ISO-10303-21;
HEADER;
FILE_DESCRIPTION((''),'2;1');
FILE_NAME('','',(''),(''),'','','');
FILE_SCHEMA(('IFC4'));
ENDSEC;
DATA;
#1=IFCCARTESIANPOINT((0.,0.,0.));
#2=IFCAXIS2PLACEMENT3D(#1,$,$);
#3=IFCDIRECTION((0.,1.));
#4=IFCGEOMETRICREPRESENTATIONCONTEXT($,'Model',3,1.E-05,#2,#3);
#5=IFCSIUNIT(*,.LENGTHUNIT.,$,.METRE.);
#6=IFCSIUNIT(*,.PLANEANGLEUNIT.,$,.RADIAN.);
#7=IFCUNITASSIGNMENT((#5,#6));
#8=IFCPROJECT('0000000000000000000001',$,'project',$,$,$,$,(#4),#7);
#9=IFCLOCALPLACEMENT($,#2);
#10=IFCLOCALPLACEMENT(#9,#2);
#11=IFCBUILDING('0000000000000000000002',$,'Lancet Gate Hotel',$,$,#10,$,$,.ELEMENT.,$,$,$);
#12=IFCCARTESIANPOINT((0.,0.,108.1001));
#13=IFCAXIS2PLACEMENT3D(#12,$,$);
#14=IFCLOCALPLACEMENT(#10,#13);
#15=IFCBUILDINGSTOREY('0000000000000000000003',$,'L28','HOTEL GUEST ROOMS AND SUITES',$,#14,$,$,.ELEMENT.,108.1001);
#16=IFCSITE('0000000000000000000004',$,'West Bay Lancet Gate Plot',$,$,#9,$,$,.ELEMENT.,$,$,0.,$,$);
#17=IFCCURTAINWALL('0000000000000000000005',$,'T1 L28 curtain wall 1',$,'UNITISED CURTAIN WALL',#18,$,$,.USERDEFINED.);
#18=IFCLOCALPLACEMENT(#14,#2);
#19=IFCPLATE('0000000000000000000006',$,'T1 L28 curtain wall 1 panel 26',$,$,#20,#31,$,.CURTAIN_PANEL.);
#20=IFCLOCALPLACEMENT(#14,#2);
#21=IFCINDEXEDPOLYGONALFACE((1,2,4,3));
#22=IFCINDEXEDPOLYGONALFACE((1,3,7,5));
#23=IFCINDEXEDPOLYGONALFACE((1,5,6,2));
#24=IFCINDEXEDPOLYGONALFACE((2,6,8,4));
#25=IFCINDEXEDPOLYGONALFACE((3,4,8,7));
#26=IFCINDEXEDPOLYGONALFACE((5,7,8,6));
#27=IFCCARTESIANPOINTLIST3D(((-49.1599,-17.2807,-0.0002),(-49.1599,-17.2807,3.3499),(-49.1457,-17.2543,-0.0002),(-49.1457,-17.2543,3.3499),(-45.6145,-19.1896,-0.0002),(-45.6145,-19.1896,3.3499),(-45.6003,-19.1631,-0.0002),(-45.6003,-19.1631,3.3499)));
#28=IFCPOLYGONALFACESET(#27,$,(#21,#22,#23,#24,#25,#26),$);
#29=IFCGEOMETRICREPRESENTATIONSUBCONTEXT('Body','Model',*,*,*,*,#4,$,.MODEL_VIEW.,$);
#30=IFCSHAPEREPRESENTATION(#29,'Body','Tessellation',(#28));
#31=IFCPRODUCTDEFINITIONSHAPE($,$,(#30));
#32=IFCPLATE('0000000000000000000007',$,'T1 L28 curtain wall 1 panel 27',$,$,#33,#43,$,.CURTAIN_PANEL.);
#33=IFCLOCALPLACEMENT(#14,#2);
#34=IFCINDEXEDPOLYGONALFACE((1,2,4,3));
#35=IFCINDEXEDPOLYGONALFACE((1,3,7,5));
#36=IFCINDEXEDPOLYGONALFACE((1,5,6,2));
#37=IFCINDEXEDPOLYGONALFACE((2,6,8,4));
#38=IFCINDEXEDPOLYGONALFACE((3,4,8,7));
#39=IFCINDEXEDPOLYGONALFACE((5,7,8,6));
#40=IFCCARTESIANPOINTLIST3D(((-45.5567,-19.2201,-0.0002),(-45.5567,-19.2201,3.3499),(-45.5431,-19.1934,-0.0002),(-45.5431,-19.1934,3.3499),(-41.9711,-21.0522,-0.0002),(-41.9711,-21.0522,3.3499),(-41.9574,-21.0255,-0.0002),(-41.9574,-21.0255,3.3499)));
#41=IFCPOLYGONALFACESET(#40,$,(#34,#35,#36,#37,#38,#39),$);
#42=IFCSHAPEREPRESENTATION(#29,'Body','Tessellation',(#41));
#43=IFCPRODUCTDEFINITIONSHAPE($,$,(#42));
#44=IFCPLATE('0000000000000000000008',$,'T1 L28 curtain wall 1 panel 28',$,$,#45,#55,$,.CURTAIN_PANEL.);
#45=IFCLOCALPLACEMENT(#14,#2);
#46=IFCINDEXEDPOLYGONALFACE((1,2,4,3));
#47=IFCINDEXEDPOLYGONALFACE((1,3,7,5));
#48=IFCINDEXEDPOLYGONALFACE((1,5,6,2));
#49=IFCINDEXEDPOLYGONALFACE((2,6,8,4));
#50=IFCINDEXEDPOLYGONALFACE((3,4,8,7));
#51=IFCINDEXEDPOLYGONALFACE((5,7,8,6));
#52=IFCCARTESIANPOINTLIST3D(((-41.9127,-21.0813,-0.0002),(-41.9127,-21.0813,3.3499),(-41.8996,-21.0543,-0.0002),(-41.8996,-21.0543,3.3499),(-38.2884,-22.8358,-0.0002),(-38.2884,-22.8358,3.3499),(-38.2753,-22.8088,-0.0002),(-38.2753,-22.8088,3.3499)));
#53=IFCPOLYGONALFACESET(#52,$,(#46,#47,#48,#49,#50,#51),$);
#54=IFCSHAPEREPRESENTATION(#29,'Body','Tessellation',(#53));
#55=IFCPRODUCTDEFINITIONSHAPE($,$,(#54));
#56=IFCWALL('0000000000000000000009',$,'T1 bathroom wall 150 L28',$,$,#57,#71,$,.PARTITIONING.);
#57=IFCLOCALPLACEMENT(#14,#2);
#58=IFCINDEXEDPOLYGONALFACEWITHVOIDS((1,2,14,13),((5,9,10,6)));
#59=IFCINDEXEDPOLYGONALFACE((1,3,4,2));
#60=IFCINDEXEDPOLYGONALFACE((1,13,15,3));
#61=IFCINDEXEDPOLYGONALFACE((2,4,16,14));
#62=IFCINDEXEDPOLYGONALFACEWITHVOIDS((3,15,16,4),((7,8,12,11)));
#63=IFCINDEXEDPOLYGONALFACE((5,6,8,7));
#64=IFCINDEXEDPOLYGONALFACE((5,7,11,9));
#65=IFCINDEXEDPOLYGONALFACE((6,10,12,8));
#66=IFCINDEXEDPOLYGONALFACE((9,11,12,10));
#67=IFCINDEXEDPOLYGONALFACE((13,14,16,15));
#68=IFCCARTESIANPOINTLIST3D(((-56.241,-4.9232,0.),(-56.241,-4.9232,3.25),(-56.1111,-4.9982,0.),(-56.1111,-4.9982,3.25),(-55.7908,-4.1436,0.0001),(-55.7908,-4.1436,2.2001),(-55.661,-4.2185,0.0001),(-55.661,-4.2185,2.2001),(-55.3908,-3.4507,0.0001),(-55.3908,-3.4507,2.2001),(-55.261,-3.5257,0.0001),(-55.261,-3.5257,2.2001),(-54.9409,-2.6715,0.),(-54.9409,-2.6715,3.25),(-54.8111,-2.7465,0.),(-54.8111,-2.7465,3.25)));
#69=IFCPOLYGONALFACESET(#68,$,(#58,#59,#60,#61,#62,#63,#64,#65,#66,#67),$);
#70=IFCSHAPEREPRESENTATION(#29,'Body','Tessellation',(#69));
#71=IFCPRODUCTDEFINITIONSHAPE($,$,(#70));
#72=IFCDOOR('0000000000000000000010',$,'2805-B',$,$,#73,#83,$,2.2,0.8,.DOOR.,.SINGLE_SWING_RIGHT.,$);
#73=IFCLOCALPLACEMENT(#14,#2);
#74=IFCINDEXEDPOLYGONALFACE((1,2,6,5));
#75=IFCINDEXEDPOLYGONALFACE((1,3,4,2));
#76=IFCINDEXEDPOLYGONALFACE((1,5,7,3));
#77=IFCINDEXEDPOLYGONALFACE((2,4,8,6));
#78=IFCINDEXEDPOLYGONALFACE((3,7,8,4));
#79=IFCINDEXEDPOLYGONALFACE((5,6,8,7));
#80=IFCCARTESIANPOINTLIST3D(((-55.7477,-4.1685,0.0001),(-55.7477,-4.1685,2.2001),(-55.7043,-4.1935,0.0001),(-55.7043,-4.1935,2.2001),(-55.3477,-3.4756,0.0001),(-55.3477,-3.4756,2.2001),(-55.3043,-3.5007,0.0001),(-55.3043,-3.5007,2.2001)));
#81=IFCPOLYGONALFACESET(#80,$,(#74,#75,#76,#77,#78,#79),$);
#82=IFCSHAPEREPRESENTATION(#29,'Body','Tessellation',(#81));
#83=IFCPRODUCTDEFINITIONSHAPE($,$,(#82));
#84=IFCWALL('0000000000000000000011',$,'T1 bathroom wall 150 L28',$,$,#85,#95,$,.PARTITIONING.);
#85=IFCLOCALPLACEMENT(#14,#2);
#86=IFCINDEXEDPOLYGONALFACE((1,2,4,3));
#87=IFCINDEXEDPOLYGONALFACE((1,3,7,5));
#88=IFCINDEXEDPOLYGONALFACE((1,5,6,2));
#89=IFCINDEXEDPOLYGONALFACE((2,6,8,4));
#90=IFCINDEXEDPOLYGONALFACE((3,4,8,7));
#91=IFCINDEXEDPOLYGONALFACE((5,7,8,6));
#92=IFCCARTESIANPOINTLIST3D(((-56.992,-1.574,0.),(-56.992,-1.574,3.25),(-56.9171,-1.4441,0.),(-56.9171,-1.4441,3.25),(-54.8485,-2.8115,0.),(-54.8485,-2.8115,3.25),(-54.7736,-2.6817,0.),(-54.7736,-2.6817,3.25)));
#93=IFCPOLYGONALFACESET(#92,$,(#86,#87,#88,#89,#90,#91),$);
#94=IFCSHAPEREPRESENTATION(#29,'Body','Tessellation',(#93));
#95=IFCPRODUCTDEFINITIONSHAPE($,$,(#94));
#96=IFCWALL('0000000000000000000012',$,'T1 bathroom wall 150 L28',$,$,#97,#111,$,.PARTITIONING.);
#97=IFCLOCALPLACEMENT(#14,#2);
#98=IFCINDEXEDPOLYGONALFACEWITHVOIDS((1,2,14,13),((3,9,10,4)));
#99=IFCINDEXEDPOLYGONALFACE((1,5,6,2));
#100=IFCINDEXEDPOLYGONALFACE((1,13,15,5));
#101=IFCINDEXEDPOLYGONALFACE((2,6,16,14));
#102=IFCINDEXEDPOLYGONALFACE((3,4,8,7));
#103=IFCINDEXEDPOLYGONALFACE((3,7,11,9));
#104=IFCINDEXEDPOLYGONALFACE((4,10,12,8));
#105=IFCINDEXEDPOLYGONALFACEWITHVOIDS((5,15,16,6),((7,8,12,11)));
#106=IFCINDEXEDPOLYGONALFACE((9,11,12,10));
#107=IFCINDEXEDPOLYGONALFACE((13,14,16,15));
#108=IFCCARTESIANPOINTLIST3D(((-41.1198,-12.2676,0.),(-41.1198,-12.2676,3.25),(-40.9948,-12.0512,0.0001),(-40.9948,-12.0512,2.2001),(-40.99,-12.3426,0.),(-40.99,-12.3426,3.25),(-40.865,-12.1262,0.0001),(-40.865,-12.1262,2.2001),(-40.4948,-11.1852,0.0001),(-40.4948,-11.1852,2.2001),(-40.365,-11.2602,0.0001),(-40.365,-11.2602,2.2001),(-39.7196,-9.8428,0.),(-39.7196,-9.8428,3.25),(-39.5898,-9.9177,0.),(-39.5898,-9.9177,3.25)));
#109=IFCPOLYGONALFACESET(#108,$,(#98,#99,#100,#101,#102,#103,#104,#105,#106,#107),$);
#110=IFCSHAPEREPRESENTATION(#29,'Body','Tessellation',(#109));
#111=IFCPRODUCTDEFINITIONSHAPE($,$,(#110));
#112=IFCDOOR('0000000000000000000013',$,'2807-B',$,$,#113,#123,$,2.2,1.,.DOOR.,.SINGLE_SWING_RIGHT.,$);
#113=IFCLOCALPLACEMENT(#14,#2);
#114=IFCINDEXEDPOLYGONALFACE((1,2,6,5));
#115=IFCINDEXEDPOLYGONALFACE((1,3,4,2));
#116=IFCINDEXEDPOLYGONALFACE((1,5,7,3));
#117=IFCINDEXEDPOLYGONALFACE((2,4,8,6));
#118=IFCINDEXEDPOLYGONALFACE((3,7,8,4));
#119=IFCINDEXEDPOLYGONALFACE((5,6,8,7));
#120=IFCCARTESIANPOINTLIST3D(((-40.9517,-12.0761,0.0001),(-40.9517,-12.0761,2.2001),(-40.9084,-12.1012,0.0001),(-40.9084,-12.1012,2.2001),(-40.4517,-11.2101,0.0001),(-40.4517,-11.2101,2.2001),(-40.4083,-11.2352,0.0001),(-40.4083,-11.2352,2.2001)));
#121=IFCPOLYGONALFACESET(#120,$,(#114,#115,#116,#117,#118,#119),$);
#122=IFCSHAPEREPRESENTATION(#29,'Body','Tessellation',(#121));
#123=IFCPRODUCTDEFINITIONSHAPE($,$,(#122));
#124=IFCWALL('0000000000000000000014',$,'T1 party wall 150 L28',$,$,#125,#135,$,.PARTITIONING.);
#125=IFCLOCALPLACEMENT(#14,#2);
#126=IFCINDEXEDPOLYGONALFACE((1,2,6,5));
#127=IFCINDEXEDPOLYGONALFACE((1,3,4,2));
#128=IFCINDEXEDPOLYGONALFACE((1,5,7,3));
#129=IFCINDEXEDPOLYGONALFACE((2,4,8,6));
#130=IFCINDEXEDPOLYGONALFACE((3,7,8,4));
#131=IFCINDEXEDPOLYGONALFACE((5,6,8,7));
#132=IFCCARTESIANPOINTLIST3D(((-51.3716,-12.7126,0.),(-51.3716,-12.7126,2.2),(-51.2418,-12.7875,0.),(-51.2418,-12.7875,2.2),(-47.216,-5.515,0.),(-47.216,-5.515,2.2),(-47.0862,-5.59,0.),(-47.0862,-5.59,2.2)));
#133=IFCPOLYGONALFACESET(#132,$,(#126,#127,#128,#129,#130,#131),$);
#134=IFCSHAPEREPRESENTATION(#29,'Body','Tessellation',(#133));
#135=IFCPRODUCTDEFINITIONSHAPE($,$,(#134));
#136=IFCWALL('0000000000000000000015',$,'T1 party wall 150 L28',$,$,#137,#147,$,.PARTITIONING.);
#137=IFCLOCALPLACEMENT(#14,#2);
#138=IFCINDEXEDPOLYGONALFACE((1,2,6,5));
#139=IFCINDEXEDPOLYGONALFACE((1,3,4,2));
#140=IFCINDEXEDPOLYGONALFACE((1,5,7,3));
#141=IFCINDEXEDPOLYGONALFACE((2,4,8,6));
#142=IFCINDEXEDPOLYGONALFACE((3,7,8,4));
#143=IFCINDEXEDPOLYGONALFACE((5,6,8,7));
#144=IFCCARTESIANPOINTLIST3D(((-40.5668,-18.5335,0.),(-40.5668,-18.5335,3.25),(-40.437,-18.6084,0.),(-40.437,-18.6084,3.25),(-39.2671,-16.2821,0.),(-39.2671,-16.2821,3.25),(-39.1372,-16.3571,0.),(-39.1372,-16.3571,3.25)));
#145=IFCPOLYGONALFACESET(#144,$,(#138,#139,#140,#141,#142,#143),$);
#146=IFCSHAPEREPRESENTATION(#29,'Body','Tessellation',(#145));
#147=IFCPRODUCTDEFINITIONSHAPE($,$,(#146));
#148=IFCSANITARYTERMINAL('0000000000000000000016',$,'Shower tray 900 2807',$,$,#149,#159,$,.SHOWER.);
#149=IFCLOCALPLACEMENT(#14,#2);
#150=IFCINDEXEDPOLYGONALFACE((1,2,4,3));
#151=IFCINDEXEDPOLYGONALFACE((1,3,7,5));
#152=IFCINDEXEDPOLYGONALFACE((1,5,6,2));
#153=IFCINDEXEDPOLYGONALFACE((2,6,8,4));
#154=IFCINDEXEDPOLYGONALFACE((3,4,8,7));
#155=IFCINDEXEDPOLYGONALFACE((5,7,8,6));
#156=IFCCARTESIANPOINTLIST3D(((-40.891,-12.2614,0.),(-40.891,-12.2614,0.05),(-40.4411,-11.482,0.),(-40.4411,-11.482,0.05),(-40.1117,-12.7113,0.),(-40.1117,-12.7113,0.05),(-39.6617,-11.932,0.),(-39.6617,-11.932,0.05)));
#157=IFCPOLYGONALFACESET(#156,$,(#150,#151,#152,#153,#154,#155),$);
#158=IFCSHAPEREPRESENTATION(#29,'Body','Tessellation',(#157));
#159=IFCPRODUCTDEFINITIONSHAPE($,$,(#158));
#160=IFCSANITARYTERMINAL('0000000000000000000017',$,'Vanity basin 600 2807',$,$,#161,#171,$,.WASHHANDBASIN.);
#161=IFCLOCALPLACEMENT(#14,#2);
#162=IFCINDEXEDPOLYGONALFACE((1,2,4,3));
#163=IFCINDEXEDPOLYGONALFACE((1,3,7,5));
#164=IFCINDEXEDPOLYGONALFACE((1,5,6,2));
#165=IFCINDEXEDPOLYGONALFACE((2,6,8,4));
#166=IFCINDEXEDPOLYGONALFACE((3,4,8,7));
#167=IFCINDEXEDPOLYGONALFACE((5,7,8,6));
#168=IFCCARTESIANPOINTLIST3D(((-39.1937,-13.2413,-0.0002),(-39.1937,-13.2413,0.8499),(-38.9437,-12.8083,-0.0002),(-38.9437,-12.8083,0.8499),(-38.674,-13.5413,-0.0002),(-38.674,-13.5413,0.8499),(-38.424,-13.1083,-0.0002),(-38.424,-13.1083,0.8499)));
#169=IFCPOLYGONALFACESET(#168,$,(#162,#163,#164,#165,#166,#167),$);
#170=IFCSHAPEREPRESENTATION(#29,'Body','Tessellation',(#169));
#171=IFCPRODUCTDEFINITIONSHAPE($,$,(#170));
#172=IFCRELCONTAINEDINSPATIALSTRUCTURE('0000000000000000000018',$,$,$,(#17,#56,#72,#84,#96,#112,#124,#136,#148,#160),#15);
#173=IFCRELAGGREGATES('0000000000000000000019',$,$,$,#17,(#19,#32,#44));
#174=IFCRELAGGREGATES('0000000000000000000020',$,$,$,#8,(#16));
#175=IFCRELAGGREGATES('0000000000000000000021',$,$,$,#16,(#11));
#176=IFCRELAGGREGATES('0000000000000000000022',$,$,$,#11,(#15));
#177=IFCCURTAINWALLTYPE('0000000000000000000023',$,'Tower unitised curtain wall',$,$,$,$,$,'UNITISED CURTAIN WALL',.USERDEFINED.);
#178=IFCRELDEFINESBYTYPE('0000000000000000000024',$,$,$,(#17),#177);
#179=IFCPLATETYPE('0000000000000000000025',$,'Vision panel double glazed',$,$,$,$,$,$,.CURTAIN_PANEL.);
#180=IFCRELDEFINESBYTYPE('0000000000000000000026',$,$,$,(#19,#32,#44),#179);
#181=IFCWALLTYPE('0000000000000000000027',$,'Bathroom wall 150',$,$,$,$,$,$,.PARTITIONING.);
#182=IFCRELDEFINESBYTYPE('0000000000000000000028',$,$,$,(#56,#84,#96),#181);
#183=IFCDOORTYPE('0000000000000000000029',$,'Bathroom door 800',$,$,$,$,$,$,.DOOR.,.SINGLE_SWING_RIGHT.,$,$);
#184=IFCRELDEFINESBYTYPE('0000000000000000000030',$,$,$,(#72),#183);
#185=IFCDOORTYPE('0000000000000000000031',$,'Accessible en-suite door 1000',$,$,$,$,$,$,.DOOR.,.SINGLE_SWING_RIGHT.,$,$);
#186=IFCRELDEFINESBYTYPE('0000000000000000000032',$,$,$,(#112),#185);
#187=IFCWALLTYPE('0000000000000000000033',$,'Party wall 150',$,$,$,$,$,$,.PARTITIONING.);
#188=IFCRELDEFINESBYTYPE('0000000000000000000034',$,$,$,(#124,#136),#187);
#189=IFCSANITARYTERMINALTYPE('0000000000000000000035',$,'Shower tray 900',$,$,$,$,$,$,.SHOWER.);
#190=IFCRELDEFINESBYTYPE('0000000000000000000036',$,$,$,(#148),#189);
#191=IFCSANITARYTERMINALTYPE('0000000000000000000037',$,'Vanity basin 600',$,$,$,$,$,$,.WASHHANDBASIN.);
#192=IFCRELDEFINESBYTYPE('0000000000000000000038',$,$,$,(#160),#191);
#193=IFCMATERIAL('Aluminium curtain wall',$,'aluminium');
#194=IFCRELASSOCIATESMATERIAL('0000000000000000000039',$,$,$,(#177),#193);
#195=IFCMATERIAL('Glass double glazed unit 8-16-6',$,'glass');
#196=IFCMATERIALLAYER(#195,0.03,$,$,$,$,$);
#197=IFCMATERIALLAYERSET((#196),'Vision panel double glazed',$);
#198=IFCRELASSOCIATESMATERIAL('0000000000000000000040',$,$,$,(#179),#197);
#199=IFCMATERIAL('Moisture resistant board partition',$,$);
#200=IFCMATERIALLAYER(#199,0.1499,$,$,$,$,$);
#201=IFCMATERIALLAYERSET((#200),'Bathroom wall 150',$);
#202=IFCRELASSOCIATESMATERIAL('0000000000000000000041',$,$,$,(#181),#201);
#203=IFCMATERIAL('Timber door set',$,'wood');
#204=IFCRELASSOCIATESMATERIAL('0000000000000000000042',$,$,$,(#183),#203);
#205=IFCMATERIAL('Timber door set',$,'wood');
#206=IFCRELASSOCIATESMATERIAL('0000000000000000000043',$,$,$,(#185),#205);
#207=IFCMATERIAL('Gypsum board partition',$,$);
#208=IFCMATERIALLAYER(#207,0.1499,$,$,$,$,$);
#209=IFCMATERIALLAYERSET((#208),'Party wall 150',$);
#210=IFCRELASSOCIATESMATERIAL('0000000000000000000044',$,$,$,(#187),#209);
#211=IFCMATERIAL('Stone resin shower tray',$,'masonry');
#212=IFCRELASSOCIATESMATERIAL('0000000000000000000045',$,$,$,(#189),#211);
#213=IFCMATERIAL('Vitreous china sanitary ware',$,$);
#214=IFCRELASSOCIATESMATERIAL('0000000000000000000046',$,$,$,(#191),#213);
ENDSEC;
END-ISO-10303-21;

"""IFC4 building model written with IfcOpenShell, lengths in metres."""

from ifc_helpers import new_model, si_unit, direction, frame, frame_2d, origin, origin_2d, place, context, subcontext, project, spatial, rectangle, extrude, material, layer, layer_set, type_object, element, fill, aggregate, save


model = new_model("IFC4")

# Units and contexts
model_context = context("Model", 3, precision=1e-05, world=origin(), true_north=direction((0.0, 1.0)))
body_context = subcontext(model_context, "Body", "Model", "MODEL_VIEW")
ifc_project = project(units=[si_unit("LENGTHUNIT", "METRE"), si_unit("PLANEANGLEUNIT", "RADIAN")], contexts=[model_context])

# Site, building, storey
site_placement = place(None, origin())
site = spatial("IfcSite", under=ifc_project, at=site_placement, Name="West Bay Lancet Gate Plot", CompositionType="ELEMENT", RefElevation=0.0)
building_placement = place(site_placement, origin())
building = spatial("IfcBuilding", under=site, at=building_placement, Name="Lancet Gate Hotel", CompositionType="ELEMENT")
storey_placement = place(building_placement, frame((0.0, 0.0, 108.1001)))
storey = spatial("IfcBuildingStorey", under=building, at=storey_placement, Name="L28", Description="HOTEL GUEST ROOMS AND SUITES", CompositionType="ELEMENT", Elevation=108.1001)

# Curtain wall
ifc_material_1 = material(Name="Aluminium curtain wall", Category="aluminium")
curtain_wall_type = type_object("IfcCurtainWallType", Name="Tower unitised curtain wall", ElementType="UNITISED CURTAIN WALL", PredefinedType="USERDEFINED", material=ifc_material_1)
curtain_wall_placement = place(storey_placement, origin())
curtain_wall = element("IfcCurtainWall", 1, at=curtain_wall_placement, inside=storey, type_object=curtain_wall_type, Name="T1 L28 curtain wall 1", ObjectType="UNITISED CURTAIN WALL", PredefinedType="USERDEFINED")

# Plates
ifc_material_2 = material(Name="Glass double glazed unit 8-16-6", Category="glass")
ifc_layer_1 = layer(ifc_material_2, 0.03)
ifc_layer_set_1 = layer_set([ifc_layer_1], Name="Vision panel double glazed")
plate_type = type_object("IfcPlateType", Name="Vision panel double glazed", PredefinedType="CURTAIN_PANEL", material=ifc_layer_set_1)
plate_1_placement = place(storey_placement, frame((-47.3801, -18.2219, -0.0002), z_axis=(0.0, 0.0, 1.0), x_axis=(0.880493, -0.47406, 0.0)))
plate_1 = element("IfcPlate", 2, at=plate_1_placement, type_object=plate_type, Name="T1 L28 curtain wall 1 panel 26", PredefinedType="CURTAIN_PANEL", context=body_context, shape_type="SweptSolid", body=[
    extrude(rectangle(XDim=4.0266, YDim=0.03, at=origin_2d()), origin(), (0.0, 0.0, 1.0), 3.3501),
])
plate_2_placement = place(storey_placement, frame((-43.7571, -20.1228, -0.0002), z_axis=(0.0, 0.0, 1.0), x_axis=(0.890493, -0.454996, 0.0)))
plate_2 = element("IfcPlate", 3, at=plate_2_placement, type_object=plate_type, Name="T1 L28 curtain wall 1 panel 27", PredefinedType="CURTAIN_PANEL", context=body_context, shape_type="SweptSolid", body=[
    extrude(rectangle(XDim=4.0266, YDim=0.03, at=origin_2d()), origin(), (0.0, 0.0, 1.0), 3.3501),
])
plate_3_placement = place(storey_placement, frame((-40.094, -21.9451, -0.0002), z_axis=(0.0, 0.0, 1.0), x_axis=(0.900082, -0.435721, 0.0)))
plate_3 = element("IfcPlate", 4, at=plate_3_placement, type_object=plate_type, Name="T1 L28 curtain wall 1 panel 28", PredefinedType="CURTAIN_PANEL", context=body_context, shape_type="SweptSolid", body=[
    extrude(rectangle(XDim=4.0266, YDim=0.03, at=origin_2d()), origin(), (0.0, 0.0, 1.0), 3.3501),
])
aggregate(curtain_wall, [plate_1, plate_2, plate_3])

# Wall, opening, door
ifc_material_3 = material(Name="Moisture resistant board partition")
ifc_layer_2 = layer(ifc_material_3, 0.1499)
ifc_layer_set_2 = layer_set([ifc_layer_2], Name="Bathroom wall 150")
wall_type_1 = type_object("IfcWallType", Name="Bathroom wall 150", PredefinedType="PARTITIONING", material=ifc_layer_set_2)
wall_1_placement = place(storey_placement, frame((-54.876, -2.709, 0.0), z_axis=(0.0, 0.0, 1.0), x_axis=(-0.500007, -0.866021, 0.0)))
wall_1 = element("IfcWall", 5, at=wall_1_placement, inside=storey, type_object=wall_type_1, Name="T1 bathroom wall 150 L28", PredefinedType="PARTITIONING", context=body_context, shape_type="SweptSolid", body=[
    extrude(rectangle(XDim=2.6001, YDim=0.1499, at=frame_2d((1.3, 0.0))), origin(), (0.0, 0.0, 1.0), 3.25),
])
opening_1_placement = place(wall_1_placement, frame((0.8999, 0.0, 0.0)))
opening_1 = element("IfcOpeningElement", 6, at=opening_1_placement, cuts=wall_1, PredefinedType="OPENING", context=body_context, shape_type="SweptSolid", body=[
    extrude(rectangle(XDim=0.8, YDim=2.2, at=frame_2d((0.3999, 1.1001))), frame((0.0, 0.085, 0.0), z_axis=(0.0, -1.0, 0.0), x_axis=(1.0, 0.0, 0.0)), (0.0, 0.0, 1.0), 0.1699),
])
ifc_material_4 = material(Name="Timber door set", Category="wood")
door_type_1 = type_object("IfcDoorType", Name="Bathroom door 800", OperationType="SINGLE_SWING_RIGHT", PredefinedType="DOOR", material=ifc_material_4)
door_1_placement = place(opening_1_placement, origin())
door_1 = element("IfcDoor", 7, at=door_1_placement, inside=storey, type_object=door_type_1, Name="2805-B", OperationType="SINGLE_SWING_RIGHT", OverallHeight=2.2, OverallWidth=0.8, PredefinedType="DOOR", context=body_context, shape_type="SweptSolid", body=[
    extrude(rectangle(XDim=0.8, YDim=2.2, at=frame_2d((0.3999, 1.1001))), frame((0.0, 0.0249, 0.0), z_axis=(0.0, -1.0, 0.0), x_axis=(1.0, 0.0, 0.0)), (0.0, 0.0, 1.0), 0.05),
])
fill(opening_1, door_1)

# Wall
wall_2_placement = place(storey_placement, frame((-54.811, -2.7466, 0.0), z_axis=(0.0, 0.0, 1.0), x_axis=(-0.866031, 0.49999, 0.0)))
element("IfcWall", 8, at=wall_2_placement, inside=storey, type_object=wall_type_1, Name="T1 bathroom wall 150 L28", PredefinedType="PARTITIONING", context=body_context, shape_type="SweptSolid", body=[
    extrude(rectangle(XDim=2.4751, YDim=0.1499, at=frame_2d((1.2375, 0.0))), origin(), (0.0, 0.0, 1.0), 3.25),
])

# Wall, opening, door
wall_3_placement = place(storey_placement, frame((-39.6548, -9.8804, 0.0), z_axis=(0.0, 0.0, 1.0), x_axis=(-0.50005, -0.865997, 0.0)))
wall_3 = element("IfcWall", 9, at=wall_3_placement, inside=storey, type_object=wall_type_1, Name="T1 bathroom wall 150 L28", PredefinedType="PARTITIONING", context=body_context, shape_type="SweptSolid", body=[
    extrude(rectangle(XDim=2.8, YDim=0.1499, at=frame_2d((1.3999, 0.0))), origin(), (0.0, 0.0, 1.0), 3.25),
])
opening_2_placement = place(wall_3_placement, frame((1.55, 0.0, 0.0)))
opening_2 = element("IfcOpeningElement", 10, at=opening_2_placement, cuts=wall_3, PredefinedType="OPENING", context=body_context, shape_type="SweptSolid", body=[
    extrude(rectangle(XDim=1.0, YDim=2.2, at=frame_2d((0.5, 1.1001))), frame((0.0, 0.085, 0.0), z_axis=(0.0, -1.0, 0.0), x_axis=(1.0, 0.0, 0.0)), (0.0, 0.0, 1.0), 0.1699),
])
ifc_material_5 = material(Name="Timber door set", Category="wood")
door_type_2 = type_object("IfcDoorType", Name="Accessible en-suite door 1000", OperationType="SINGLE_SWING_RIGHT", PredefinedType="DOOR", material=ifc_material_5)
door_2_placement = place(opening_2_placement, origin())
door_2 = element("IfcDoor", 11, at=door_2_placement, inside=storey, type_object=door_type_2, Name="2807-B", OperationType="SINGLE_SWING_RIGHT", OverallHeight=2.2, OverallWidth=1.0, PredefinedType="DOOR", context=body_context, shape_type="SweptSolid", body=[
    extrude(rectangle(XDim=1.0, YDim=2.2, at=frame_2d((0.5, 1.1001))), frame((0.0, 0.0249, 0.0), z_axis=(0.0, -1.0, 0.0), x_axis=(1.0, 0.0, 0.0)), (0.0, 0.0, 1.0), 0.05),
])
fill(opening_2, door_2)

# Walls
ifc_material_6 = material(Name="Gypsum board partition")
ifc_layer_3 = layer(ifc_material_6, 0.1499)
ifc_layer_set_3 = layer_set([ifc_layer_3], Name="Party wall 150")
wall_type_2 = type_object("IfcWallType", Name="Party wall 150", PredefinedType="PARTITIONING", material=ifc_layer_set_3)
wall_4_placement = place(storey_placement, frame((-47.1511, -5.5525, 0.0), z_axis=(0.0, 0.0, 1.0), x_axis=(-0.500003, -0.866024, 0.0)))
element("IfcWall", 12, at=wall_4_placement, inside=storey, type_object=wall_type_2, Name="T1 party wall 150 L28", PredefinedType="PARTITIONING", context=body_context, shape_type="SweptSolid", body=[
    extrude(rectangle(XDim=8.311, YDim=0.1499, at=frame_2d((4.1555, 0.0))), origin(), (0.0, 0.0, 1.0), 2.2),
])
wall_5_placement = place(storey_placement, frame((-39.2021, -16.3196, 0.0), z_axis=(0.0, 0.0, 1.0), x_axis=(-0.499977, -0.866039, 0.0)))
element("IfcWall", 13, at=wall_5_placement, inside=storey, type_object=wall_type_2, Name="T1 party wall 150 L28", PredefinedType="PARTITIONING", context=body_context, shape_type="SweptSolid", body=[
    extrude(rectangle(XDim=2.5996, YDim=0.1499, at=frame_2d((1.2998, 0.0))), origin(), (0.0, 0.0, 1.0), 3.25),
])

# Sanitary terminals
ifc_material_7 = material(Name="Stone resin shower tray", Category="masonry")
sanitary_terminal_type_1 = type_object("IfcSanitaryTerminalType", Name="Shower tray 900", PredefinedType="SHOWER", material=ifc_material_7)
sanitary_terminal_1_placement = place(storey_placement, frame((-40.2764, -12.0967, 0.0), z_axis=(0.0, 0.0, 1.0), x_axis=(-0.866025, 0.5, 0.0)))
element("IfcSanitaryTerminal", 14, at=sanitary_terminal_1_placement, inside=storey, type_object=sanitary_terminal_type_1, Name="Shower tray 900 2807", PredefinedType="SHOWER", context=body_context, shape_type="SweptSolid", body=[
    extrude(rectangle(XDim=0.8999, YDim=0.8999, at=origin_2d()), origin(), (0.0, 0.0, 1.0), 0.05),
])
ifc_material_8 = material(Name="Vitreous china sanitary ware")
sanitary_terminal_type_2 = type_object("IfcSanitaryTerminalType", Name="Vanity basin 600", PredefinedType="WASHHANDBASIN", material=ifc_material_8)
sanitary_terminal_2_placement = place(storey_placement, frame((-38.8088, -13.1748, -0.0002), z_axis=(0.0, 0.0, 1.0), x_axis=(-0.866025, 0.5, 0.0)))
element("IfcSanitaryTerminal", 15, at=sanitary_terminal_2_placement, inside=storey, type_object=sanitary_terminal_type_2, Name="Vanity basin 600 2807", PredefinedType="WASHHANDBASIN", context=body_context, shape_type="SweptSolid", body=[
    extrude(rectangle(XDim=0.6001, YDim=0.5, at=origin_2d()), origin(), (0.0, 0.0, 1.0), 0.8501),
])

save(model, "model.ifc")
